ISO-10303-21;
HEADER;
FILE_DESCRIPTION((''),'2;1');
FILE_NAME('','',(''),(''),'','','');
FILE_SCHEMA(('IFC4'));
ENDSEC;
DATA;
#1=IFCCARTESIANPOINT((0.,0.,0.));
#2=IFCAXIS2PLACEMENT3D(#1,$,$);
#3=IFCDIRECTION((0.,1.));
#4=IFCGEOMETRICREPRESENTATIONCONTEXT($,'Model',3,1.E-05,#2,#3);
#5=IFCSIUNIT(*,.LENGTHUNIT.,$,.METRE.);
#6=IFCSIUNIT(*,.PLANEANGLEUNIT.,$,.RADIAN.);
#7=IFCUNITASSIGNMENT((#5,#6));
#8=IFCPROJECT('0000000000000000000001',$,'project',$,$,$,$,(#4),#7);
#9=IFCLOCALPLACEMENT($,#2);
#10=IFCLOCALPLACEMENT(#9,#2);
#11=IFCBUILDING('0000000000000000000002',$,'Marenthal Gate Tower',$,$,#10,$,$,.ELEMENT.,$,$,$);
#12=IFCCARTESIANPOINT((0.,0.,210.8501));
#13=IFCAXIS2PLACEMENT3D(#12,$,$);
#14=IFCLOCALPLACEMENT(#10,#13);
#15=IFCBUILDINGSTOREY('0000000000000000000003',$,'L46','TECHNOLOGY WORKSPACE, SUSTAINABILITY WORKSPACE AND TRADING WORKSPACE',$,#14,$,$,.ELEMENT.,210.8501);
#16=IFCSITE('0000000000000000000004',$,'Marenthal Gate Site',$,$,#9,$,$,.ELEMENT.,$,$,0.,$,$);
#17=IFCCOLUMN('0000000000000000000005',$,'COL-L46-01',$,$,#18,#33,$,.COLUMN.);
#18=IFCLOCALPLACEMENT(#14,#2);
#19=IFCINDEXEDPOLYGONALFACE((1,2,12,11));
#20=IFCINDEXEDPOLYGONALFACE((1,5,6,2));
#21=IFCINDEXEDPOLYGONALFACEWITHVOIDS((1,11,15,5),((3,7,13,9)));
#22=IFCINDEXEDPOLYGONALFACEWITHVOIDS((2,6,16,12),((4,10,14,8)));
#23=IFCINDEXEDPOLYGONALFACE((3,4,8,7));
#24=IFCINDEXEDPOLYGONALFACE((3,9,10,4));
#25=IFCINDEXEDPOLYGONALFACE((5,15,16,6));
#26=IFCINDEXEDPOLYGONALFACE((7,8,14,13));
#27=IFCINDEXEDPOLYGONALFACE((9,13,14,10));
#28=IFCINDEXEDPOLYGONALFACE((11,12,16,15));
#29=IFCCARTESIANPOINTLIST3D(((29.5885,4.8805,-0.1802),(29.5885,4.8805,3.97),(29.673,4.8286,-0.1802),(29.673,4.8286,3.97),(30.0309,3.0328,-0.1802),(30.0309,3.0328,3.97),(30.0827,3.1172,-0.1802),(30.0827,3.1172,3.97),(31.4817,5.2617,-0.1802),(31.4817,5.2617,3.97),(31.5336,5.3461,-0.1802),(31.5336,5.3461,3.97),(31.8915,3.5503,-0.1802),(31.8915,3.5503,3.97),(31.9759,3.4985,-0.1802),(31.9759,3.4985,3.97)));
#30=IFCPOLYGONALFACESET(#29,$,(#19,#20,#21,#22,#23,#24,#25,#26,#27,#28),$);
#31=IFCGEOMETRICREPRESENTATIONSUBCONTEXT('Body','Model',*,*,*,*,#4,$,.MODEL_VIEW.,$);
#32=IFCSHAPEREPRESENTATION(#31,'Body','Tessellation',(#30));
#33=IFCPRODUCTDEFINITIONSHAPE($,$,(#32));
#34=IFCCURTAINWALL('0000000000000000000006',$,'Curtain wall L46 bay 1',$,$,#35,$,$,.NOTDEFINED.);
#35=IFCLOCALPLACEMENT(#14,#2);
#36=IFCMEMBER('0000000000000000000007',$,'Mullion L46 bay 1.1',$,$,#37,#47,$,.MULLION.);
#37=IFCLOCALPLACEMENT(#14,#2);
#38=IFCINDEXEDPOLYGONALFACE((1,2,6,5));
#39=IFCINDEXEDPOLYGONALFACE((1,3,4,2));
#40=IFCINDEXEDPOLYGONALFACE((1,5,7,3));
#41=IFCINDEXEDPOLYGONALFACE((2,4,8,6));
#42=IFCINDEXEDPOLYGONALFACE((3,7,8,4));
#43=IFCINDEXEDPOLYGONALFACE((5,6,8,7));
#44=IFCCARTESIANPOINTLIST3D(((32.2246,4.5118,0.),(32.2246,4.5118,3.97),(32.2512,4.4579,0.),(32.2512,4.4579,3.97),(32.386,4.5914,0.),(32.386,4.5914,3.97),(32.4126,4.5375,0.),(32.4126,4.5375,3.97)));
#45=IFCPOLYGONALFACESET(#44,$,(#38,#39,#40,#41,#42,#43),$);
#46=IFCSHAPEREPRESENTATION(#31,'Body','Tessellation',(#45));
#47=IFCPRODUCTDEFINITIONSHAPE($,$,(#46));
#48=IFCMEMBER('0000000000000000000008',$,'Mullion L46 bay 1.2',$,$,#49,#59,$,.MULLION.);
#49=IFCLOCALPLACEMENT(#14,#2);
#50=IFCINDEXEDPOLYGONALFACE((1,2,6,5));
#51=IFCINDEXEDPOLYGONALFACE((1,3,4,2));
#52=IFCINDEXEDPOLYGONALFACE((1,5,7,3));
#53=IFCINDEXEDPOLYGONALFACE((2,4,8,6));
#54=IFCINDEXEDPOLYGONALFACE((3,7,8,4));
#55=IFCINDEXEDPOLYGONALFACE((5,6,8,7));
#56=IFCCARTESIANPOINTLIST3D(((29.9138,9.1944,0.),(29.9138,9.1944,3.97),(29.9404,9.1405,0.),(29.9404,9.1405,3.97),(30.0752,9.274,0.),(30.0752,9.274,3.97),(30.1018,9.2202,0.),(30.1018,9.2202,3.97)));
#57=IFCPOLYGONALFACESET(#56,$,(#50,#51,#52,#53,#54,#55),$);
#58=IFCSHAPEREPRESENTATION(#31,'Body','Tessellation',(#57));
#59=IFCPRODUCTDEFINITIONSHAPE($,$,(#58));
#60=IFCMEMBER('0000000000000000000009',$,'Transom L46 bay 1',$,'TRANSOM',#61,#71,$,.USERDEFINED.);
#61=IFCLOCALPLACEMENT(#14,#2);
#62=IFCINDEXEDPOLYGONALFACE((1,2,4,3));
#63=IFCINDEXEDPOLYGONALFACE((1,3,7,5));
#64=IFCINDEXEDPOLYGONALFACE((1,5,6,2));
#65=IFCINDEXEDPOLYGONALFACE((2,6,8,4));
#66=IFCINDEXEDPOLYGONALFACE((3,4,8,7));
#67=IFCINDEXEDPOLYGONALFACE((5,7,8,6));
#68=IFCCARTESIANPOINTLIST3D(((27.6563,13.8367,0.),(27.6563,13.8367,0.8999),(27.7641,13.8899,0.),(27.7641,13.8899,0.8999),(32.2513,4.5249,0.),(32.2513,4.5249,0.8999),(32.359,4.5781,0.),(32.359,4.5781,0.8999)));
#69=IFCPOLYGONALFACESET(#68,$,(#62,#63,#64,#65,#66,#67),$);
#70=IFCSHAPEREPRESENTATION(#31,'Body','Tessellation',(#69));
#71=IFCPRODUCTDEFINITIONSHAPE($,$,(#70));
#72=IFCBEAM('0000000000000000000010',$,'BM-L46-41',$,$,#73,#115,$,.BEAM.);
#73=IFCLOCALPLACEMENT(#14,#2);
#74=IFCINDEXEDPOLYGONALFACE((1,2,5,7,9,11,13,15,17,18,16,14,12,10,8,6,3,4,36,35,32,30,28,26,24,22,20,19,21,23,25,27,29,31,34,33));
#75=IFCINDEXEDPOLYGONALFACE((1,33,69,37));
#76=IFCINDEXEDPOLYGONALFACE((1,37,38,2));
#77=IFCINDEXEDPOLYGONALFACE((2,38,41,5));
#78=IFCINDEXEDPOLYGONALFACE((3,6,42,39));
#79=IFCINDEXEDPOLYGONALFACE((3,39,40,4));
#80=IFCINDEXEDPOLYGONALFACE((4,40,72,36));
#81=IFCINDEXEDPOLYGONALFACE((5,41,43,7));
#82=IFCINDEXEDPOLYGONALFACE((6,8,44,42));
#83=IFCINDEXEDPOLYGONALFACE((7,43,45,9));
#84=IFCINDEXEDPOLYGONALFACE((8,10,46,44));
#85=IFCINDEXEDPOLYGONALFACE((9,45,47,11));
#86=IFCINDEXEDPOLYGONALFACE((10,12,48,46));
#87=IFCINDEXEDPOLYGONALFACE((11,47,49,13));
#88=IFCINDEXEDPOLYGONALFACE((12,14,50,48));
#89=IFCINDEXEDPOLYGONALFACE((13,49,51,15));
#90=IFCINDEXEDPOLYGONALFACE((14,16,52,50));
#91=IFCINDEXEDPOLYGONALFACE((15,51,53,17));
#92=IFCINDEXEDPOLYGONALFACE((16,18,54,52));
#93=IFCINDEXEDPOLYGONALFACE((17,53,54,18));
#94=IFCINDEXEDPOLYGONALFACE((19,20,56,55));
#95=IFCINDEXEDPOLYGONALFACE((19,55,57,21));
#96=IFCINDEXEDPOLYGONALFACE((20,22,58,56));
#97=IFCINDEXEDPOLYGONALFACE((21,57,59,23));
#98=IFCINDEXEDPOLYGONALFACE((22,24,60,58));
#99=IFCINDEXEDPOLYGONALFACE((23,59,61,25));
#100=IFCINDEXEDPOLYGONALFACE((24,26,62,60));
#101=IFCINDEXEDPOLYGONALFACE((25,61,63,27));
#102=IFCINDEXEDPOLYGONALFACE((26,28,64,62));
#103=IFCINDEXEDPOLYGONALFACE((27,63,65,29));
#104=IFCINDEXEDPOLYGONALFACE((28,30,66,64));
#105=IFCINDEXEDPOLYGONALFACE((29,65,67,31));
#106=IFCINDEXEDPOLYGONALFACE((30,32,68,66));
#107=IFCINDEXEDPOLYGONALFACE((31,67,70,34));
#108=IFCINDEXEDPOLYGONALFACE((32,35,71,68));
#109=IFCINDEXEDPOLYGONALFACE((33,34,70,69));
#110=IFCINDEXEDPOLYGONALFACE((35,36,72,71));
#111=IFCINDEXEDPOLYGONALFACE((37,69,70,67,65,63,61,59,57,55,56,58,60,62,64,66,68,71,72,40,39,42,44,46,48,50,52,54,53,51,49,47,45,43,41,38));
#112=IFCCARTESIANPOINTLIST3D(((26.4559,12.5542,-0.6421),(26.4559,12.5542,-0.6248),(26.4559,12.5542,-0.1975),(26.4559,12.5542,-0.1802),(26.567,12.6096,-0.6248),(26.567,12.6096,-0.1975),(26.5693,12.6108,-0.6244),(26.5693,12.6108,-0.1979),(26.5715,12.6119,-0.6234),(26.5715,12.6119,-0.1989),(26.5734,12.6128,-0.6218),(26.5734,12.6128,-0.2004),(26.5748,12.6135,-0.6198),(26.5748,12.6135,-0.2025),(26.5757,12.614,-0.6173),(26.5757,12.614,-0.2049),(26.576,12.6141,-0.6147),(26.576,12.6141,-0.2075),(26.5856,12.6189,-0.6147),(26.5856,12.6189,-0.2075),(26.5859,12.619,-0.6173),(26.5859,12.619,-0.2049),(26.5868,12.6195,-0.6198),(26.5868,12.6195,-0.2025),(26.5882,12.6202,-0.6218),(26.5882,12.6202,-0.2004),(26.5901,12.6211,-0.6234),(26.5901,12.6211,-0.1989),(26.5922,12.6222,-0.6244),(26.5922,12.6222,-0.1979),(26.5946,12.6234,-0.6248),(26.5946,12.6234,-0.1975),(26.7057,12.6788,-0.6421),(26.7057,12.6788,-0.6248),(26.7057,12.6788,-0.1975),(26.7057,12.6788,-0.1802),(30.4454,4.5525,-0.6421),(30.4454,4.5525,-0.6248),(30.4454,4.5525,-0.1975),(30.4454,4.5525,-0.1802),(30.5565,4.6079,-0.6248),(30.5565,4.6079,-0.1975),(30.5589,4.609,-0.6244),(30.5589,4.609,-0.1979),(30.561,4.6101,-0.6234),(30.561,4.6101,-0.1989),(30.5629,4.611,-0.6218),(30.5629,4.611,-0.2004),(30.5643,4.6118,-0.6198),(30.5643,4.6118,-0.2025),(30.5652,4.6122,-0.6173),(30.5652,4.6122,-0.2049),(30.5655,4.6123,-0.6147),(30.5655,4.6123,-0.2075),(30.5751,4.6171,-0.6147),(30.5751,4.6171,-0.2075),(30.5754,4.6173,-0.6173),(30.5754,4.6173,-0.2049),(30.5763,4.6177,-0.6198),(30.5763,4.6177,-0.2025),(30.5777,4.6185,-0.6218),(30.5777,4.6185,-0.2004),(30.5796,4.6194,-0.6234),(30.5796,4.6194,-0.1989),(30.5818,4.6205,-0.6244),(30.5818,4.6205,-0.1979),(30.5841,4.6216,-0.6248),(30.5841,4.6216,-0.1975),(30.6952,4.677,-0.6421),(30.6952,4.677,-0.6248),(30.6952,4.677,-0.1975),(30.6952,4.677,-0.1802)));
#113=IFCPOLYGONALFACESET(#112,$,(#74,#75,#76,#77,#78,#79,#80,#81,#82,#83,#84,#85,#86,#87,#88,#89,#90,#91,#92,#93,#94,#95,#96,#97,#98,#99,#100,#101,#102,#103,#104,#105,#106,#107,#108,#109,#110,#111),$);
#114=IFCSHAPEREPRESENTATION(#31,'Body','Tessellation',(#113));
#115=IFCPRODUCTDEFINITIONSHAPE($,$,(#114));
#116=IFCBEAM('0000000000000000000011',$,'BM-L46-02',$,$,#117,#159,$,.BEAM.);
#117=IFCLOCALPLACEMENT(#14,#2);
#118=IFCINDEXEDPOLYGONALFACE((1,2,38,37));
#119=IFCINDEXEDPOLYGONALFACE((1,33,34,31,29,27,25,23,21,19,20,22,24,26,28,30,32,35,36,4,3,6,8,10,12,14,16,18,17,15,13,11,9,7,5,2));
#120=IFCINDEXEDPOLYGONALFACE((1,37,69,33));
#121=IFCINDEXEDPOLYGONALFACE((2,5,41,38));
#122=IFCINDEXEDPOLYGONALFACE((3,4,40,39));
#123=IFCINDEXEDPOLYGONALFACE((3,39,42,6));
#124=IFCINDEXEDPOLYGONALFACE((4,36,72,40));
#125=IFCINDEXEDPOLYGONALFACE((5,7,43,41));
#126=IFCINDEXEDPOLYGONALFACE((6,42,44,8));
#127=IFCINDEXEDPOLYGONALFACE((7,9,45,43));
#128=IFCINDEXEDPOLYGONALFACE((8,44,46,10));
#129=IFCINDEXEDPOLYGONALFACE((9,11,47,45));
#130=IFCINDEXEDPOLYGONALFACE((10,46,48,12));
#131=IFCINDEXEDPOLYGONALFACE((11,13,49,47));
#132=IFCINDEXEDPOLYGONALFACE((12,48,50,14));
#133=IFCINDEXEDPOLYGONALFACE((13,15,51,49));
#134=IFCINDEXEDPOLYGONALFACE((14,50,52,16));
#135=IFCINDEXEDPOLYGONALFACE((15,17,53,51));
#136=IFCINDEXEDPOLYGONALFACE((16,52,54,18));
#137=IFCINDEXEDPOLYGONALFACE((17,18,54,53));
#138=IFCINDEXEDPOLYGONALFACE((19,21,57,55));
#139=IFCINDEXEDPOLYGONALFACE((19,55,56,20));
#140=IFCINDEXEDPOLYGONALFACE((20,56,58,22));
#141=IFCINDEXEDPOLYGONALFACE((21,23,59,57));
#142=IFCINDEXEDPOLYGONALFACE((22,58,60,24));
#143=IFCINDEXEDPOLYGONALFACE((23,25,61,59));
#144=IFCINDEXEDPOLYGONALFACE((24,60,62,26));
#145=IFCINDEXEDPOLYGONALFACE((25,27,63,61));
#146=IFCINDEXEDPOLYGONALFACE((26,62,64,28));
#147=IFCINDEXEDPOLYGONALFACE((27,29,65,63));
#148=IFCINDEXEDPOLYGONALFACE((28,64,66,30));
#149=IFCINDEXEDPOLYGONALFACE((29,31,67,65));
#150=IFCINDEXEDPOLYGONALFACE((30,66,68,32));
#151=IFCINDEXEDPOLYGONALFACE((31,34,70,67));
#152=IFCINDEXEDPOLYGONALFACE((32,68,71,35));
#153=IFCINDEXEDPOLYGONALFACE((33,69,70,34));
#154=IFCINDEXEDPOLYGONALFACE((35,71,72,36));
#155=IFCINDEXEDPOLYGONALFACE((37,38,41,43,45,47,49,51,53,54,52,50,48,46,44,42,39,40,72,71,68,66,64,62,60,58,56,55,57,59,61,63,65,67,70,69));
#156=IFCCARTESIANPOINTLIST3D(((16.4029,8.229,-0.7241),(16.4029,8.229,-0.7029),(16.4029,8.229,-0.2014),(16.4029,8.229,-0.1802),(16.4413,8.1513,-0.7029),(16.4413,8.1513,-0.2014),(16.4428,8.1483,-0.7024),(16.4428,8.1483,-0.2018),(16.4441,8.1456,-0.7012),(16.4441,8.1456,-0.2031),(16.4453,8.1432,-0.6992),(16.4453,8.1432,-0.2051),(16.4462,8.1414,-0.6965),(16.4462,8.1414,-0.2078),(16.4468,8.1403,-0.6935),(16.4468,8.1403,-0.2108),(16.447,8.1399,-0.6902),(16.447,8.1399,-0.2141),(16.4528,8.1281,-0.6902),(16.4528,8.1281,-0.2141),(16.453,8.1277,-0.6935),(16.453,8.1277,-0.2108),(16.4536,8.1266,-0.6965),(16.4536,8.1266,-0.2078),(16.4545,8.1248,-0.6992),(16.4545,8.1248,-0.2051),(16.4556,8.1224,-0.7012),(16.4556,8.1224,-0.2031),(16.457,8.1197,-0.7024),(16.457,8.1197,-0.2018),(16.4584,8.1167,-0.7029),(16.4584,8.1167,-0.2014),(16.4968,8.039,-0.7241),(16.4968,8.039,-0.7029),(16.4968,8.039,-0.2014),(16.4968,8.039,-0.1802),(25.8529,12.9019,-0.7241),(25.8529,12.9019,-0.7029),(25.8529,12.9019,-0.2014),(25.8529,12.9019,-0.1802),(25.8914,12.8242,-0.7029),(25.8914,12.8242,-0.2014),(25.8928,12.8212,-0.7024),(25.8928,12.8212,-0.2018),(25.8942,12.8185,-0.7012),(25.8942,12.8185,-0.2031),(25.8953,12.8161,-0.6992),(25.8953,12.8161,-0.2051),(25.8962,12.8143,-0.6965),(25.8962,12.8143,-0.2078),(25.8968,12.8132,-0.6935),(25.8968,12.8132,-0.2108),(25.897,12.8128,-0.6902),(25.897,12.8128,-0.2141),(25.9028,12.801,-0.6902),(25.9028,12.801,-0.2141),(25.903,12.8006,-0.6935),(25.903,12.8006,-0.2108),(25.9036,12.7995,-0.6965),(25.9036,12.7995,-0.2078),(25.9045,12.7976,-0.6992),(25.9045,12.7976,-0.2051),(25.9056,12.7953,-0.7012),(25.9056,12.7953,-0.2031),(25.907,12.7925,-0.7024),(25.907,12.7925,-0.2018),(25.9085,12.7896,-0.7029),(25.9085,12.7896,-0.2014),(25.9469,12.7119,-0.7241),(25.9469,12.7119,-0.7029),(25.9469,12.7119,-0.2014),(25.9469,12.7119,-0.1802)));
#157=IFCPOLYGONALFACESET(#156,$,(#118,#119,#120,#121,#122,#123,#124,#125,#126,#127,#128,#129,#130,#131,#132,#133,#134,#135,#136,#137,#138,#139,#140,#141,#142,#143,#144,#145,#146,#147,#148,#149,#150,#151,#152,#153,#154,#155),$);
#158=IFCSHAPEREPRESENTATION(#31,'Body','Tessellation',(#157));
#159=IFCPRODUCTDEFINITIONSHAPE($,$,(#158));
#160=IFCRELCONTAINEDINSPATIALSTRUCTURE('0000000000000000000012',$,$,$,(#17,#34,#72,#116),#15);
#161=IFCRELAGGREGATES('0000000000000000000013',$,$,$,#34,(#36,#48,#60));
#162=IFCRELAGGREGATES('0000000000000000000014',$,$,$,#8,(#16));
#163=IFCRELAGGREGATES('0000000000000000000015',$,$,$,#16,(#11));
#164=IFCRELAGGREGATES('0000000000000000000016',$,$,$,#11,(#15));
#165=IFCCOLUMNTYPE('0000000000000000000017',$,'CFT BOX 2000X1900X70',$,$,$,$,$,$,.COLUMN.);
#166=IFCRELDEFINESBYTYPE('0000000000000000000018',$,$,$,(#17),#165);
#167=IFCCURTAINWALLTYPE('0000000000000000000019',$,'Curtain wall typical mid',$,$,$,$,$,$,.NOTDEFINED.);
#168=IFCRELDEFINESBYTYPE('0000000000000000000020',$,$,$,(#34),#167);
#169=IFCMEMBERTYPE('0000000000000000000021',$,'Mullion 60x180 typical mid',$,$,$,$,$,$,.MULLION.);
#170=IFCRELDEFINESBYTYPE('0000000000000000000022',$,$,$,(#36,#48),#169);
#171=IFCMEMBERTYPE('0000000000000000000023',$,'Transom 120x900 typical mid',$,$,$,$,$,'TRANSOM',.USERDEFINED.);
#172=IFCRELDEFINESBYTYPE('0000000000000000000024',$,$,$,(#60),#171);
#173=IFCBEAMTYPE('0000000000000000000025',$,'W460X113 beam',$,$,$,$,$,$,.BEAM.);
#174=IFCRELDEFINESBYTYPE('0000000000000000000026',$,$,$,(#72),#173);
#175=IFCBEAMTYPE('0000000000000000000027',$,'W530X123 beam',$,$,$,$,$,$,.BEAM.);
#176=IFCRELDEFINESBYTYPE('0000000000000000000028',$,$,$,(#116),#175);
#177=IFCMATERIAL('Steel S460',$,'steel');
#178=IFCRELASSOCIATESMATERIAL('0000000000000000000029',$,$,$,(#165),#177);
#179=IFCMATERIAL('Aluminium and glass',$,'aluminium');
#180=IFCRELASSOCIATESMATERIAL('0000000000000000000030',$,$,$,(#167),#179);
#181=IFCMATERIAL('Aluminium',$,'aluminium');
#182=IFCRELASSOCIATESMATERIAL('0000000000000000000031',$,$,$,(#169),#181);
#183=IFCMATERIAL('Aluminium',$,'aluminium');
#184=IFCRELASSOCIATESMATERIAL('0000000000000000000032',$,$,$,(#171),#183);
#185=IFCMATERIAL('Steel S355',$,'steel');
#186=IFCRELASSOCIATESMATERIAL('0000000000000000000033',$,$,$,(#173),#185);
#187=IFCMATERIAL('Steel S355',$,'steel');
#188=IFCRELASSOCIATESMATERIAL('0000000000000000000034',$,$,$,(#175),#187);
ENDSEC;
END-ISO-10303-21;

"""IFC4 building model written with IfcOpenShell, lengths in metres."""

from ifc_helpers import new_model, si_unit, direction, frame, origin, origin_2d, place, context, subcontext, project, spatial, rectangle, hollow_rectangle, i_section, extrude, material, material_profile, profile_set, type_object, element, aggregate, save


model = new_model("IFC4")

# Units and contexts
model_context = context("Model", 3, precision=1e-05, world=origin(), true_north=direction((0.0, 1.0)))
body_context = subcontext(model_context, "Body", "Model", "MODEL_VIEW")
ifc_project = project(units=[si_unit("LENGTHUNIT", "METRE"), si_unit("PLANEANGLEUNIT", "RADIAN")], contexts=[model_context])

# Site, building, storey
site_placement = place(None, origin())
site = spatial("IfcSite", under=ifc_project, at=site_placement, Name="Marenthal Gate Site", CompositionType="ELEMENT", RefElevation=0.0)
building_placement = place(site_placement, origin())
building = spatial("IfcBuilding", under=site, at=building_placement, Name="Marenthal Gate Tower", CompositionType="ELEMENT")
storey_placement = place(building_placement, frame((0.0, 0.0, 210.8501)))
storey = spatial("IfcBuildingStorey", under=building, at=storey_placement, Name="L46", Description="TECHNOLOGY WORKSPACE, SUSTAINABILITY WORKSPACE AND TRADING WORKSPACE", CompositionType="ELEMENT", Elevation=210.8501)

# Column
ifc_material_1 = material(Name="Steel S460", Category="steel")
ifc_material_profile_1 = material_profile(ifc_material_1, hollow_rectangle(XDim=1.8999, YDim=2.0, WallThickness=0.0701, at=origin_2d()), Name="CFT BOX 2000X1900X70")
ifc_material_2 = material(Name="Concrete 70 MPa", Category="concrete")
ifc_material_profile_2 = material_profile(ifc_material_2, rectangle(XDim=1.76, YDim=1.8601, at=origin_2d()), Name="CFT BOX 2000X1900X70 INFILL")
ifc_profile_set_1 = profile_set([ifc_material_profile_1, ifc_material_profile_2], Name="Steel S460 shell, Concrete 70 MPa infill")
column_type = type_object("IfcColumnType", Name="CFT BOX 2000X1900X70", PredefinedType="COLUMN", material=ifc_profile_set_1)
column_placement = place(storey_placement, frame((30.7822, 4.1895, -0.1802), z_axis=(0.0, 0.0, 1.0), x_axis=(0.232843, -0.972514, 0.0)))
element("IfcColumn", 1, at=column_placement, inside=storey, type_object=column_type, Name="COL-L46-01", PredefinedType="COLUMN", context=body_context, shape_type="SweptSolid", body=[
    extrude(hollow_rectangle(XDim=1.8999, YDim=2.0, WallThickness=0.0701, at=origin_2d()), origin(), (0.0, 0.0, 1.0), 4.1501),
])

# Curtain wall, members
ifc_material_3 = material(Name="Aluminium and glass", Category="aluminium")
curtain_wall_type = type_object("IfcCurtainWallType", Name="Curtain wall typical mid", PredefinedType="NOTDEFINED", material=ifc_material_3)
curtain_wall_placement = place(storey_placement, origin())
curtain_wall = element("IfcCurtainWall", 2, at=curtain_wall_placement, inside=storey, type_object=curtain_wall_type, Name="Curtain wall L46 bay 1", PredefinedType="NOTDEFINED")
ifc_material_4 = material(Name="Aluminium", Category="aluminium")
ifc_material_profile_3 = material_profile(ifc_material_4, rectangle(XDim=0.1799, YDim=0.0601, at=origin_2d()), Name="60x180 aluminium mullion")
ifc_profile_set_2 = profile_set([ifc_material_profile_3], Name="Aluminium")
member_type_1 = type_object("IfcMemberType", Name="Mullion 60x180 typical mid", PredefinedType="MULLION", material=ifc_profile_set_2)
member_1_placement = place(storey_placement, frame((32.3186, 4.5247, 0.0), z_axis=(0.0, 0.0, 1.0), x_axis=(-0.896757, -0.442523, 0.0)))
member_1 = element("IfcMember", 3, at=member_1_placement, type_object=member_type_1, Name="Mullion L46 bay 1.1", PredefinedType="MULLION", context=body_context, shape_type="SweptSolid", body=[
    extrude(rectangle(XDim=0.1799, YDim=0.0601, at=origin_2d()), origin(), (0.0, 0.0, 1.0), 3.97),
])
member_2_placement = place(storey_placement, frame((30.0078, 9.2073, 0.0), z_axis=(0.0, 0.0, 1.0), x_axis=(-0.896757, -0.442523, 0.0)))
member_2 = element("IfcMember", 4, at=member_2_placement, type_object=member_type_1, Name="Mullion L46 bay 1.2", PredefinedType="MULLION", context=body_context, shape_type="SweptSolid", body=[
    extrude(rectangle(XDim=0.1799, YDim=0.0601, at=origin_2d()), origin(), (0.0, 0.0, 1.0), 3.97),
])
ifc_material_5 = material(Name="Aluminium", Category="aluminium")
ifc_material_profile_4 = material_profile(ifc_material_5, rectangle(XDim=0.1201, YDim=0.8999, at=origin_2d()), Name="120x900 aluminium transom")
ifc_profile_set_3 = profile_set([ifc_material_profile_4], Name="Aluminium")
member_type_2 = type_object("IfcMemberType", Name="Transom 120x900 typical mid", ElementType="TRANSOM", PredefinedType="USERDEFINED", material=ifc_profile_set_3)
member_3_placement = place(storey_placement, frame((32.3052, 4.5515, 0.45), z_axis=(-0.442514, 0.896761, 0.0), x_axis=(-0.896761, -0.442514, 0.0)))
member_3 = element("IfcMember", 5, at=member_3_placement, type_object=member_type_2, Name="Transom L46 bay 1", ObjectType="TRANSOM", PredefinedType="USERDEFINED", context=body_context, shape_type="SweptSolid", body=[
    extrude(rectangle(XDim=0.1201, YDim=0.8999, at=origin_2d()), origin(), (0.0, 0.0, 1.0), 10.3838),
])

# Beams
ifc_material_6 = material(Name="Steel S355", Category="steel")
ifc_material_profile_5 = material_profile(ifc_material_6, i_section(OverallWidth=0.2791, OverallDepth=0.4619, WebThickness=0.0107, FlangeThickness=0.0173, FilletRadius=0.01, at=origin_2d()), Name="W460X113")
ifc_profile_set_4 = profile_set([ifc_material_profile_5], Name="Steel S355")
beam_type_1 = type_object("IfcBeamType", Name="W460X113 beam", PredefinedType="BEAM", material=ifc_profile_set_4)
beam_1_placement = place(storey_placement, frame((30.5703, 4.6147, -0.4111), z_axis=(-0.446198, 0.894934, 0.0), x_axis=(-0.894934, -0.446198, 0.0)))
element("IfcBeam", 6, at=beam_1_placement, inside=storey, type_object=beam_type_1, Name="BM-L46-41", PredefinedType="BEAM", context=body_context, shape_type="SweptSolid", body=[
    extrude(i_section(OverallWidth=0.2791, OverallDepth=0.4619, WebThickness=0.0107, FlangeThickness=0.0173, FilletRadius=0.01, at=origin_2d()), origin(), (0.0, 0.0, 1.0), 8.9412),
])
ifc_material_7 = material(Name="Steel S355", Category="steel")
ifc_material_profile_6 = material_profile(ifc_material_7, i_section(OverallWidth=0.2119, OverallDepth=0.5439, WebThickness=0.0132, FlangeThickness=0.0212, FilletRadius=0.0127, at=origin_2d()), Name="W530X123")
ifc_profile_set_5 = profile_set([ifc_material_profile_6], Name="Steel S355")
beam_type_2 = type_object("IfcBeamType", Name="W530X123 beam", PredefinedType="BEAM", material=ifc_profile_set_5)
beam_2_placement = place(storey_placement, frame((25.8999, 12.8069, -0.4521), z_axis=(-0.896396, -0.443254, 0.0), x_axis=(0.443254, -0.896396, 0.0)))
element("IfcBeam", 7, at=beam_2_placement, inside=storey, type_object=beam_type_2, Name="BM-L46-02", PredefinedType="BEAM", context=body_context, shape_type="SweptSolid", body=[
    extrude(i_section(OverallWidth=0.2119, OverallDepth=0.5439, WebThickness=0.0132, FlangeThickness=0.0212, FilletRadius=0.0127, at=origin_2d()), origin(), (0.0, 0.0, 1.0), 10.5422),
])

aggregate(curtain_wall, [member_1, member_2, member_3])

save(model, "model.ifc")
